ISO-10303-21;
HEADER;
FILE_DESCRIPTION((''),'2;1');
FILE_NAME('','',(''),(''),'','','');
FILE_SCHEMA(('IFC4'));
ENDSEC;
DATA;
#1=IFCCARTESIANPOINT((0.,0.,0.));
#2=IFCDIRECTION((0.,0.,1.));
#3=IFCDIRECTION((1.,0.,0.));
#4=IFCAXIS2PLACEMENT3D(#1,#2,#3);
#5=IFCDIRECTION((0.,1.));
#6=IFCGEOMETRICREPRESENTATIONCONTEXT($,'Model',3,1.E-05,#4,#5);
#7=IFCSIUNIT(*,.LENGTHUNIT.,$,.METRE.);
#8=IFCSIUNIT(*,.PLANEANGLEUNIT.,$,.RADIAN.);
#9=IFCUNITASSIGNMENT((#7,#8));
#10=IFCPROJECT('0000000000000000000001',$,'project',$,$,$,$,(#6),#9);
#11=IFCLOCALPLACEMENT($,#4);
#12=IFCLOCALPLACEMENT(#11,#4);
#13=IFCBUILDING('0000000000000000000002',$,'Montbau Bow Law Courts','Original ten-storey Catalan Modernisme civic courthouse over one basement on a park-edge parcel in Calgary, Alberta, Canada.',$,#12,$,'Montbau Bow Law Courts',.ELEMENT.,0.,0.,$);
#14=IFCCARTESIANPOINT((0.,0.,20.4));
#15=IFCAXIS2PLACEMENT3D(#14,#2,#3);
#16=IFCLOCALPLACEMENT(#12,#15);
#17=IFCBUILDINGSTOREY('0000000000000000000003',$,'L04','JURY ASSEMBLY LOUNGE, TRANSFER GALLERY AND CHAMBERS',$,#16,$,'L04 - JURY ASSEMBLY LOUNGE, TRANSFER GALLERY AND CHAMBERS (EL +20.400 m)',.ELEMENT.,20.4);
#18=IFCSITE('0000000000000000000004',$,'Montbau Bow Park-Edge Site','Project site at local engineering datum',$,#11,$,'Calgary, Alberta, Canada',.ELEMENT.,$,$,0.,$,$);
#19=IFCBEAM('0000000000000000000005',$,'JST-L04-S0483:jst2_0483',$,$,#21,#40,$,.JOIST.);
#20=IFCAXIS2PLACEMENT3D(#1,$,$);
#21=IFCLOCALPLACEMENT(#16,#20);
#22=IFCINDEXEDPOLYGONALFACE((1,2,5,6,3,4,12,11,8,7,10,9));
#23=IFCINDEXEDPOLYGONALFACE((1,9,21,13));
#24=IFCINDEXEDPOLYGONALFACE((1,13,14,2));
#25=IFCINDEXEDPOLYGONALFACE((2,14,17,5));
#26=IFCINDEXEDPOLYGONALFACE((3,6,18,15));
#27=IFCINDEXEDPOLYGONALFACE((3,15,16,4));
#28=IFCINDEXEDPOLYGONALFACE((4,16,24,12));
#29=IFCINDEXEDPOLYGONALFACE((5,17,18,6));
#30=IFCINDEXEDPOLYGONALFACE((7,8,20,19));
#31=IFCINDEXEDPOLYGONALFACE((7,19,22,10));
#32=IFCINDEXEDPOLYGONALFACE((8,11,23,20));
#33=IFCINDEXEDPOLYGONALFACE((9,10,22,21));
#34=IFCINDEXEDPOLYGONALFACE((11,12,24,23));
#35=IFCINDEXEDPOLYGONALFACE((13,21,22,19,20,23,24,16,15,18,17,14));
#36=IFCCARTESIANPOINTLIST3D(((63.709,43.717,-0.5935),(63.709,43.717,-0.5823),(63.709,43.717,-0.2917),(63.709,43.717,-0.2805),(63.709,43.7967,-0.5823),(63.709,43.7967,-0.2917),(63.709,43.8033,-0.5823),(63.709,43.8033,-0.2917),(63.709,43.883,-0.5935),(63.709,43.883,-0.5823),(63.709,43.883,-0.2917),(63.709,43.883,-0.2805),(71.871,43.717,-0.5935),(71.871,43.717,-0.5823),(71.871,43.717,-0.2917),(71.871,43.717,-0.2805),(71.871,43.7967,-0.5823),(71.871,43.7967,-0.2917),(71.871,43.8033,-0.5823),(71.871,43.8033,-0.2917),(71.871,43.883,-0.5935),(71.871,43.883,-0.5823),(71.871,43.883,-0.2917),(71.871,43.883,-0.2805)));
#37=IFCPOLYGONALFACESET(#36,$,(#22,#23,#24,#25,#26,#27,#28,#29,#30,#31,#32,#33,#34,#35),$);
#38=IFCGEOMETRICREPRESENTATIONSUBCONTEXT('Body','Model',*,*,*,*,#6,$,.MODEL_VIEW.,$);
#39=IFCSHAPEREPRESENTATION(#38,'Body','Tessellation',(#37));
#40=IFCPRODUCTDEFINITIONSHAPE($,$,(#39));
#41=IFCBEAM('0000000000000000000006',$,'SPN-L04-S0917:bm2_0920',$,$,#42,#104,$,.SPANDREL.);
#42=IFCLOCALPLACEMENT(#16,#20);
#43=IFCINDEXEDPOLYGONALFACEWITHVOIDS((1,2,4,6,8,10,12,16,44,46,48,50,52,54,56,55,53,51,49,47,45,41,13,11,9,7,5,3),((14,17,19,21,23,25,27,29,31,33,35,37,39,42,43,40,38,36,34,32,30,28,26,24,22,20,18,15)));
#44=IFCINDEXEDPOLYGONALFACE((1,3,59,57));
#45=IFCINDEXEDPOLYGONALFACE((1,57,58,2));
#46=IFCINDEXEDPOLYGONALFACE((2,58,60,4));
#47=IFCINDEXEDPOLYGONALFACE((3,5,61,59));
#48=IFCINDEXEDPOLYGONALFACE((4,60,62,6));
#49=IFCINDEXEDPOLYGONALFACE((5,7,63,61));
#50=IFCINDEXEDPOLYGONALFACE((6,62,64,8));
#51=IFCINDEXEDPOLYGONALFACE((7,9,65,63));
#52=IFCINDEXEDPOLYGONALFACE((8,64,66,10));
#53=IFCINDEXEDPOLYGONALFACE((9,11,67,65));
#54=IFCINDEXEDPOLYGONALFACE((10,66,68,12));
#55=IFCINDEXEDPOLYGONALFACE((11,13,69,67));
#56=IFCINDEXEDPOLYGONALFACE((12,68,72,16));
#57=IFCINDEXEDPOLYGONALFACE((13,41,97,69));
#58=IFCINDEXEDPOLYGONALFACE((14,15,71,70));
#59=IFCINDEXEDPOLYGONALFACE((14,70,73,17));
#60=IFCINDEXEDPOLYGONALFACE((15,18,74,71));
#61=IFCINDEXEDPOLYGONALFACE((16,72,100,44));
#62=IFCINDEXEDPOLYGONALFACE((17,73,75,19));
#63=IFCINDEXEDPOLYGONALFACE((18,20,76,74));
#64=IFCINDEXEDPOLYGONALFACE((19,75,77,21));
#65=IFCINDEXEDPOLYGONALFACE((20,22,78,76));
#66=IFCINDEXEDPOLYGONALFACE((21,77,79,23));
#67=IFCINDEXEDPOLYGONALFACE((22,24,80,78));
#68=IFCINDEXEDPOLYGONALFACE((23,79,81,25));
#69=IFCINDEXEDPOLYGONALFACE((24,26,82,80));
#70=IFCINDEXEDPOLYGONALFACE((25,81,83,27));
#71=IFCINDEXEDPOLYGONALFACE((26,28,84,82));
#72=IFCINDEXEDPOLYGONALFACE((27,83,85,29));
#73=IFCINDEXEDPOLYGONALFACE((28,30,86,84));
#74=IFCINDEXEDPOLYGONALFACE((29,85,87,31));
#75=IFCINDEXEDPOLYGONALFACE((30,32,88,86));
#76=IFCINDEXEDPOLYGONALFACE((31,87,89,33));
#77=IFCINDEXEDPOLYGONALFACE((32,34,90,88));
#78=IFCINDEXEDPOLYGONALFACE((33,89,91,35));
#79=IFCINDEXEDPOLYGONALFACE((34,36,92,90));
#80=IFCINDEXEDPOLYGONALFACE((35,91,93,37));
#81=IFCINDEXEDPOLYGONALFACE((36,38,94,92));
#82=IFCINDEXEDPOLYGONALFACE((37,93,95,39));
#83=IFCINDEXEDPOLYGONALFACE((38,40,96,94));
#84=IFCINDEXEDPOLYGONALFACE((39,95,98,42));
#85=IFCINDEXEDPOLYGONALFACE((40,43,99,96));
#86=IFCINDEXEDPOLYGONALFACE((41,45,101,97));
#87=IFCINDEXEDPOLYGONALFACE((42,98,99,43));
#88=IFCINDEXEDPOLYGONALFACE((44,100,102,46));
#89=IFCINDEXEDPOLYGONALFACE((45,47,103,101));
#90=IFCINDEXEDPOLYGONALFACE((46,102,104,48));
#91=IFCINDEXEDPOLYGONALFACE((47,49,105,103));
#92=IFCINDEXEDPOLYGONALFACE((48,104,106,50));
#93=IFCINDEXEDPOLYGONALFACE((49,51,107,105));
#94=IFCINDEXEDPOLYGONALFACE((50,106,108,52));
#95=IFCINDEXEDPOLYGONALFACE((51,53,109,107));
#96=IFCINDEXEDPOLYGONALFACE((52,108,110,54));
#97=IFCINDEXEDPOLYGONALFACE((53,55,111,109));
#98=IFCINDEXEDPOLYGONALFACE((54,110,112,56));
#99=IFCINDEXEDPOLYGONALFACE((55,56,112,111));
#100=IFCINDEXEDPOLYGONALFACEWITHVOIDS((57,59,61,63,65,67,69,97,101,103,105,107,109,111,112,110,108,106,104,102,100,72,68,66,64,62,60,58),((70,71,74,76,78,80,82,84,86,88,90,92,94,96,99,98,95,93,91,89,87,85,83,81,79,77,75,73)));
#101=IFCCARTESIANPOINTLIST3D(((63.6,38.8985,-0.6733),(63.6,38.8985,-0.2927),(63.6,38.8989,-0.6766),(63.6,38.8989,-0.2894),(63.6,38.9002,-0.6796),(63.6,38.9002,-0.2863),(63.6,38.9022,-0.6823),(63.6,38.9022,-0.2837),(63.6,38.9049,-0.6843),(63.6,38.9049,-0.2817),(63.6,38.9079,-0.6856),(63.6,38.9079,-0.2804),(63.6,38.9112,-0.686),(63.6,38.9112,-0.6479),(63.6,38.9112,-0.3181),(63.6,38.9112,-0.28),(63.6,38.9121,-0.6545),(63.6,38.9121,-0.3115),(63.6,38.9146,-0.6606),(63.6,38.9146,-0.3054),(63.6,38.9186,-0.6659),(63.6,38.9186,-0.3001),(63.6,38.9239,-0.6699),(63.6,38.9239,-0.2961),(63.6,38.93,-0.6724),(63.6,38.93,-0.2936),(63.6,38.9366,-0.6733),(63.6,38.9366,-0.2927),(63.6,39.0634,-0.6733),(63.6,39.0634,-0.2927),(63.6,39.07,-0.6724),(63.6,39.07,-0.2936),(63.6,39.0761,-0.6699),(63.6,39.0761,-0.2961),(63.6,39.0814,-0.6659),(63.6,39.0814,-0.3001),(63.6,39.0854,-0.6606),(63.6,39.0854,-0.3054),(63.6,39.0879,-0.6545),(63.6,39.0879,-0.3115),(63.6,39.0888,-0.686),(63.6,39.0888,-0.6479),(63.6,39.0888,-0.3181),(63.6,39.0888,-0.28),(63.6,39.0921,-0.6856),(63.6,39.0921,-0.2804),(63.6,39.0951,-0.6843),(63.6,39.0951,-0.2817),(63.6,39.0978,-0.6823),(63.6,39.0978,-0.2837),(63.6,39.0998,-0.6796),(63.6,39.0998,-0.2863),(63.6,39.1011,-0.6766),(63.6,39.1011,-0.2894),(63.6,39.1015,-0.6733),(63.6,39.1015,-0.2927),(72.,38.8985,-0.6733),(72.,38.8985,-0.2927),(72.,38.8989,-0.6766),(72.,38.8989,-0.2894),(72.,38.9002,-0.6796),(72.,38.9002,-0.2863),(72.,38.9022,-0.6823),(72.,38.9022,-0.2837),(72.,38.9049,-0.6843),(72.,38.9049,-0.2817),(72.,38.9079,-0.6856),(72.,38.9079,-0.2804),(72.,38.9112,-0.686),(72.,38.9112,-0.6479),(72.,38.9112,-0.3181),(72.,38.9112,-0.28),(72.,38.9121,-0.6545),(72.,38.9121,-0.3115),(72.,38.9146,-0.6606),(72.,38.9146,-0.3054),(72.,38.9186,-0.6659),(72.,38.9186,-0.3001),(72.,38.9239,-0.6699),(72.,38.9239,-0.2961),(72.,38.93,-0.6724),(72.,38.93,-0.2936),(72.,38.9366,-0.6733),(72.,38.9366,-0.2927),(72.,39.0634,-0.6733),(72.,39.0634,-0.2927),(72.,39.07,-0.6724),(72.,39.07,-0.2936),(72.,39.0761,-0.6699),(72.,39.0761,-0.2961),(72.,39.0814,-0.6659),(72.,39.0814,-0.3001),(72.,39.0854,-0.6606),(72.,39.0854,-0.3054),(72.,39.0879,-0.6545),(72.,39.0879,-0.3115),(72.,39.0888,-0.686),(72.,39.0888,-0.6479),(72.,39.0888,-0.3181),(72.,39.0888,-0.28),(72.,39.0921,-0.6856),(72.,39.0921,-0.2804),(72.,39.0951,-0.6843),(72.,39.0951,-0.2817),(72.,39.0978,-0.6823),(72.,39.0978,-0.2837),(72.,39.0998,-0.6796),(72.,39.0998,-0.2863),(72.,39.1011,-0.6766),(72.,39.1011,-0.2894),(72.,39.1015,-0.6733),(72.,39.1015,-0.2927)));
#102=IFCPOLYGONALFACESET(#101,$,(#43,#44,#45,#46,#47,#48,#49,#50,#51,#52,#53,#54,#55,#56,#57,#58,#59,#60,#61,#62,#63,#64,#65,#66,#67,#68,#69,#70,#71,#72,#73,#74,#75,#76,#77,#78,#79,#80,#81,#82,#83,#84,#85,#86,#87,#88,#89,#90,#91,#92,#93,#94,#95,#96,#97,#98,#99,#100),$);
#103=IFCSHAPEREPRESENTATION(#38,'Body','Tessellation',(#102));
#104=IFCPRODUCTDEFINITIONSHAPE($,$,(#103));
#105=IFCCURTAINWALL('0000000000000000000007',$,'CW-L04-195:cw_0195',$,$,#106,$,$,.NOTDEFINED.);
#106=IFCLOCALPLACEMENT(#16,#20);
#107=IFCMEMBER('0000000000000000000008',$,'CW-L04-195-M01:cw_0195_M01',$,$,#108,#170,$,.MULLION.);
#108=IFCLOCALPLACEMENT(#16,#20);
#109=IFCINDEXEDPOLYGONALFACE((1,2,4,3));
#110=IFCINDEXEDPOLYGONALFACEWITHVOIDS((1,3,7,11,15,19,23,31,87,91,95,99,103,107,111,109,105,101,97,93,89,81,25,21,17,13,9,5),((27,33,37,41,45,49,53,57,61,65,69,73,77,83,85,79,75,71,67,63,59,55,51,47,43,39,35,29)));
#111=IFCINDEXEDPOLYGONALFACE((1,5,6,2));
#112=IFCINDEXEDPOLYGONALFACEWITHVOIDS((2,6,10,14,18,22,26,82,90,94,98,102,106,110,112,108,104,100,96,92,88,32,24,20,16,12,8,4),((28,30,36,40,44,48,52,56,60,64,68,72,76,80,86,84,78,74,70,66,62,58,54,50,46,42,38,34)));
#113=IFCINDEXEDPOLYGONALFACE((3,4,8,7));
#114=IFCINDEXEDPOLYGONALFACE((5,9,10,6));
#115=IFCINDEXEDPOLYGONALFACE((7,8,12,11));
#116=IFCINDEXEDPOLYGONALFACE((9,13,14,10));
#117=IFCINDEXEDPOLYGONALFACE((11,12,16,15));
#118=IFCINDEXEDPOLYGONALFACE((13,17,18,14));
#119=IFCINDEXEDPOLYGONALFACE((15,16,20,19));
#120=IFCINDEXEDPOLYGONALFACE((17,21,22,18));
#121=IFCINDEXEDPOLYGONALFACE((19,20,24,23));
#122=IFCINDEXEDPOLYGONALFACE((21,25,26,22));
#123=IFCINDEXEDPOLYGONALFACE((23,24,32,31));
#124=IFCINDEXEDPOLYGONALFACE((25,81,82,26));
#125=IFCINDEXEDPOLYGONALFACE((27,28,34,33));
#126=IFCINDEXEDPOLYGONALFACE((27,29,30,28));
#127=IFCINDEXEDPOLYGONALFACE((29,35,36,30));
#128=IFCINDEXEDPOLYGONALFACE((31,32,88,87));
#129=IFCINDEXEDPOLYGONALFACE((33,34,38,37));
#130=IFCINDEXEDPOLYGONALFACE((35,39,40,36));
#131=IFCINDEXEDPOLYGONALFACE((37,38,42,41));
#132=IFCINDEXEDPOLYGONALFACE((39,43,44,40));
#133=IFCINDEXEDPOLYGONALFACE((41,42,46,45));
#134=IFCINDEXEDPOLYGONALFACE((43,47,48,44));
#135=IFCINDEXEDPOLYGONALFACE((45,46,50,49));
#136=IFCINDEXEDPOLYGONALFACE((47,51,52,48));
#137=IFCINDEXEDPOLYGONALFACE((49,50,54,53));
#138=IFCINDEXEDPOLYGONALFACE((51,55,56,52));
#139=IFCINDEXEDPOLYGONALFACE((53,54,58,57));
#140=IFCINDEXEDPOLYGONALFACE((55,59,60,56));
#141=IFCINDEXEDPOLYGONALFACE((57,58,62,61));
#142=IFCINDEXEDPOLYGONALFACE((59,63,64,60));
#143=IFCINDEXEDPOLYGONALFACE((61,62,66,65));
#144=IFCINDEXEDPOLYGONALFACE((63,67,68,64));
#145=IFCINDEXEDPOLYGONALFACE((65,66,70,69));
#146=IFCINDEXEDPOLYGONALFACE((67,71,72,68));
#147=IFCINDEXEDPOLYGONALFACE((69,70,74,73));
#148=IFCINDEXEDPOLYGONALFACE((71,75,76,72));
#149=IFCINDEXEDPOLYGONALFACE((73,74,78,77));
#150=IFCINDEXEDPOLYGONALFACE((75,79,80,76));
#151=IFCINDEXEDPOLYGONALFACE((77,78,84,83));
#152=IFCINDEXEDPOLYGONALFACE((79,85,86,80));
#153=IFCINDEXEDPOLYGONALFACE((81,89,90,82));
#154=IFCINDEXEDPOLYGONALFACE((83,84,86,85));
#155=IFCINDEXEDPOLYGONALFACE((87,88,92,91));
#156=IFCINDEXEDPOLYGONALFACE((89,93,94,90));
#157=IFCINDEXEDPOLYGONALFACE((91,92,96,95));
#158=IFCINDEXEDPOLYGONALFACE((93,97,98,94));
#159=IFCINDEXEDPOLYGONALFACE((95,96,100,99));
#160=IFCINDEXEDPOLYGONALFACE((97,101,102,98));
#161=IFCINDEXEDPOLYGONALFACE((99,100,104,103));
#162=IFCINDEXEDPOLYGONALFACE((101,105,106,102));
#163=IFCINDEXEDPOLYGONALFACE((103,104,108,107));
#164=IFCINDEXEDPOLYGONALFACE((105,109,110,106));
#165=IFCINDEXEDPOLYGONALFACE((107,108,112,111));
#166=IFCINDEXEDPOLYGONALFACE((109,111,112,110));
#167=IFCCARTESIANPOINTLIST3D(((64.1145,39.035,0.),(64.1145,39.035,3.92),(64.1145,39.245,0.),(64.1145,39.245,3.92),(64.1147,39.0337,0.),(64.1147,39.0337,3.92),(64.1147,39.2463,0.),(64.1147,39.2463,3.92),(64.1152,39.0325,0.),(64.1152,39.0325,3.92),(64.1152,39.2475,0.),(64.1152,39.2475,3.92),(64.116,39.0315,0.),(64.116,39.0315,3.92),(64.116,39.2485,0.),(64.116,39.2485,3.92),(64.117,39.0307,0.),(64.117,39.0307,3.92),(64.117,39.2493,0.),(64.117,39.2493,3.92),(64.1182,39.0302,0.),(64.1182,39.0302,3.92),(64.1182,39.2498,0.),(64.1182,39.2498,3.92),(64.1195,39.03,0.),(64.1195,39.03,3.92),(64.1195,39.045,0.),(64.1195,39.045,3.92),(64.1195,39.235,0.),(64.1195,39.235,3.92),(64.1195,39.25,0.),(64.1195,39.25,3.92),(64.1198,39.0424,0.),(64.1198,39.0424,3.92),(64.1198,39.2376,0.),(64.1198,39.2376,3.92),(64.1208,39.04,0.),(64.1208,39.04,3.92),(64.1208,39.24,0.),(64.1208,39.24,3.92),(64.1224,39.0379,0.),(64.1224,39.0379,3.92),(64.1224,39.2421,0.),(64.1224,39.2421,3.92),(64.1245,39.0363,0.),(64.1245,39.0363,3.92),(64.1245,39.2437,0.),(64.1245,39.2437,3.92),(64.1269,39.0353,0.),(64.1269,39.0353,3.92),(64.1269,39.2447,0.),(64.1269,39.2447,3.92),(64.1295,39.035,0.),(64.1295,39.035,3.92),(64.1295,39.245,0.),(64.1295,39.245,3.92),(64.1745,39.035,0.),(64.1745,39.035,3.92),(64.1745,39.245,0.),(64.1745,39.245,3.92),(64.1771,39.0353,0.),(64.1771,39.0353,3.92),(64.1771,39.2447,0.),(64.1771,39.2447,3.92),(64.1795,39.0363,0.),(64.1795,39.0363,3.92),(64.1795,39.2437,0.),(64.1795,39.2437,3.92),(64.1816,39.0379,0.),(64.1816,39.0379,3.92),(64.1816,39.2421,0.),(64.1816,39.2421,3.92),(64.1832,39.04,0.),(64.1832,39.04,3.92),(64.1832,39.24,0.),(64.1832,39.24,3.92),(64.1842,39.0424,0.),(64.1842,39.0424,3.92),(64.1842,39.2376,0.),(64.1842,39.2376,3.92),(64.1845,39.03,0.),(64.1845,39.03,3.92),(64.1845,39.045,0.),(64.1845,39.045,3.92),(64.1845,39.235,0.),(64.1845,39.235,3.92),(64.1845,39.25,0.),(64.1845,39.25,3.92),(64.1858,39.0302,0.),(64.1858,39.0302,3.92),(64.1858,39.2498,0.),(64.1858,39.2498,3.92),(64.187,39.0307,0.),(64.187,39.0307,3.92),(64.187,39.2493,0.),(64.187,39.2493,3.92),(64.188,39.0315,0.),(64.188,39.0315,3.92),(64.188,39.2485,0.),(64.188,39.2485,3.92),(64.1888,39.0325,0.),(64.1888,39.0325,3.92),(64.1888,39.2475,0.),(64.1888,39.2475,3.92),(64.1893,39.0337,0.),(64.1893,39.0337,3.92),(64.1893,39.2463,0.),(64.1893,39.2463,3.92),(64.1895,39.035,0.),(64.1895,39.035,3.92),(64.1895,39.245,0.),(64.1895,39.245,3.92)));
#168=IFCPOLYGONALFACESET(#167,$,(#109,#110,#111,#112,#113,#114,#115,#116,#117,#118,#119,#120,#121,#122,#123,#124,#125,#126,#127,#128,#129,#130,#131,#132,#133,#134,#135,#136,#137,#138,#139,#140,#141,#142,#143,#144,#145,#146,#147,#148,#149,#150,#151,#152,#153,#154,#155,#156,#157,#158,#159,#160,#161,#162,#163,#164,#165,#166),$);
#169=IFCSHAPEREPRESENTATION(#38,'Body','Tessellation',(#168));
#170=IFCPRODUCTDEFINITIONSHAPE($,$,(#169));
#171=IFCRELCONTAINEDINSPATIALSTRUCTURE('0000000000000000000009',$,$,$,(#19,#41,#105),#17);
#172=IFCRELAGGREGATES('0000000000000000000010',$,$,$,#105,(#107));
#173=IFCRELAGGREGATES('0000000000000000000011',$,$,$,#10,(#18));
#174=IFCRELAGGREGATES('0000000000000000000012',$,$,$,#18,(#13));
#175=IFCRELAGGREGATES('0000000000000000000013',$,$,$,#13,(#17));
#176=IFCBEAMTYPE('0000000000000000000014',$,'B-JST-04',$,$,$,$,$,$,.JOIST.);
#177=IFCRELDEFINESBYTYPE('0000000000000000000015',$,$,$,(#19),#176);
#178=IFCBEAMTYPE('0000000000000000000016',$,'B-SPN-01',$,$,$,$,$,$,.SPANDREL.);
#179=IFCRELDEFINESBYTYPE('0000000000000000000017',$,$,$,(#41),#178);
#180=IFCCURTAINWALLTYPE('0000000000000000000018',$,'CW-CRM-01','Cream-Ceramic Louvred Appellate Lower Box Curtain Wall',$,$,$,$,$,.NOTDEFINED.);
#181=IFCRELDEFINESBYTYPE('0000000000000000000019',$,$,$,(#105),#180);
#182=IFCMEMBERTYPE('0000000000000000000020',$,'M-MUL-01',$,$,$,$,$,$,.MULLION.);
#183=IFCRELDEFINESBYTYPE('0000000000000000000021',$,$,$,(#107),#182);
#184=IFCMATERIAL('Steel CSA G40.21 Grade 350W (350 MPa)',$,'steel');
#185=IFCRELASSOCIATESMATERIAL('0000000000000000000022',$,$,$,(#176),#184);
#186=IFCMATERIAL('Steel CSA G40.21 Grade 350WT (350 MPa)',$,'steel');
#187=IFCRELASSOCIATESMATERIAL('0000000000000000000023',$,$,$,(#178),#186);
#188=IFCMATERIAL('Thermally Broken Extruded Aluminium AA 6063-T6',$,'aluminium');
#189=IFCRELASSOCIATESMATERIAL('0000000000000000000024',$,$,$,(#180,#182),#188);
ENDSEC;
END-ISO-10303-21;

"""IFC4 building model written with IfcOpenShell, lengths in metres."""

from ifc_helpers import new_model, si_unit, direction, frame, origin_with_axes, origin_2d_with_axis, place, context, subcontext, project, spatial, hollow_rectangle, i_section, extrude, material, material_profile, profile_set, type_object, element, aggregate, save


model = new_model("IFC4")

# Units and contexts
model_context = context("Model", 3, precision=1e-05, world=origin_with_axes(), true_north=direction((0.0, 1.0)))
body_context = subcontext(model_context, "Body", "Model", "MODEL_VIEW")
ifc_project = project(units=[si_unit("LENGTHUNIT", "METRE"), si_unit("PLANEANGLEUNIT", "RADIAN")], contexts=[model_context])

# Site, building, storey
site_placement = place(None, origin_with_axes())
site = spatial("IfcSite", under=ifc_project, at=site_placement, Name="Montbau Bow Park-Edge Site", Description="Project site at local engineering datum", LongName="Calgary, Alberta, Canada", CompositionType="ELEMENT", RefElevation=0.0)
building_placement = place(site_placement, origin_with_axes())
building = spatial("IfcBuilding", under=site, at=building_placement, Name="Montbau Bow Law Courts", Description="Original ten-storey Catalan Modernisme civic courthouse over one basement on a park-edge parcel in Calgary, Alberta, Canada.", LongName="Montbau Bow Law Courts", CompositionType="ELEMENT", ElevationOfRefHeight=0.0, ElevationOfTerrain=0.0)
storey_placement = place(building_placement, frame((0.0, 0.0, 20.4), z_axis=(0.0, 0.0, 1.0), x_axis=(1.0, 0.0, 0.0)))
storey = spatial("IfcBuildingStorey", under=building, at=storey_placement, Name="L04", Description="JURY ASSEMBLY LOUNGE, TRANSFER GALLERY AND CHAMBERS", LongName="L04 - JURY ASSEMBLY LOUNGE, TRANSFER GALLERY AND CHAMBERS (EL +20.400 m)", CompositionType="ELEMENT", Elevation=20.4)

# Shared definitions
ifc_material_1 = material(Name="Steel CSA G40.21 Grade 350W (350 MPa)", Category="steel")

# Beams
ifc_material_profile_1 = material_profile(ifc_material_1, i_section(OverallWidth=0.166, OverallDepth=0.313, WebThickness=0.0066, FlangeThickness=0.0112, at=origin_2d_with_axis()), Name="W310X45", Category="Main", Priority=0)
ifc_profile_set_1 = profile_set([ifc_material_profile_1], Name="Steel CSA G40.21 Grade 350W (350 MPa)")
beam_type_1 = type_object("IfcBeamType", Name="B-JST-04", PredefinedType="JOIST", material=ifc_profile_set_1)
beam_1_placement = place(None, frame((63.709, 43.8, 19.963), z_axis=(1.0, 0.0, 0.0), x_axis=(0.0, 1.0, 0.0)))
element("IfcBeam", 1, at=beam_1_placement, inside=storey, type_object=beam_type_1, Name="JST-L04-S0483:jst2_0483", PredefinedType="JOIST", context=body_context, shape_type="SweptSolid", body=[
    extrude(i_section(OverallWidth=0.166, OverallDepth=0.313, WebThickness=0.0066, FlangeThickness=0.0112, at=origin_2d_with_axis()), origin_with_axes(), (0.0, 0.0, 1.0), 8.162),
])
ifc_material_2 = material(Name="Steel CSA G40.21 Grade 350WT (350 MPa)", Category="steel")
ifc_material_profile_2 = material_profile(ifc_material_2, hollow_rectangle(XDim=0.203, YDim=0.406, WallThickness=0.0127, InnerFilletRadius=0.0254, OuterFilletRadius=0.0127, at=origin_2d_with_axis()), Name="HSS406X203X13", Category="Main", Priority=0)
ifc_profile_set_2 = profile_set([ifc_material_profile_2], Name="Steel CSA G40.21 Grade 350WT (350 MPa)")
beam_type_2 = type_object("IfcBeamType", Name="B-SPN-01", PredefinedType="SPANDREL", material=ifc_profile_set_2)
beam_2_placement = place(None, frame((63.6, 39.0, 19.917), z_axis=(1.0, 0.0, 0.0), x_axis=(0.0, 1.0, 0.0)))
element("IfcBeam", 2, at=beam_2_placement, inside=storey, type_object=beam_type_2, Name="SPN-L04-S0917:bm2_0920", PredefinedType="SPANDREL", context=body_context, shape_type="SweptSolid", body=[
    extrude(hollow_rectangle(XDim=0.203, YDim=0.406, WallThickness=0.0127, InnerFilletRadius=0.0254, OuterFilletRadius=0.0127, at=origin_2d_with_axis()), origin_with_axes(), (0.0, 0.0, 1.0), 8.4),
])

# Curtain wall, member
ifc_material_3 = material(Name="Thermally Broken Extruded Aluminium AA 6063-T6", Category="aluminium")
curtain_wall_type = type_object("IfcCurtainWallType", Name="CW-CRM-01", Description="Cream-Ceramic Louvred Appellate Lower Box Curtain Wall", PredefinedType="NOTDEFINED", material=ifc_material_3)
curtain_wall_1_placement = place(None, frame((64.115, 39.14, 20.4), z_axis=(0.0, 0.0, 1.0), x_axis=(1.0, 0.0, 0.0)))
curtain_wall_1 = element("IfcCurtainWall", 3, at=curtain_wall_1_placement, inside=storey, type_object=curtain_wall_type, Name="CW-L04-195:cw_0195", PredefinedType="NOTDEFINED")
ifc_material_profile_3 = material_profile(ifc_material_3, hollow_rectangle(XDim=0.075, YDim=0.22, WallThickness=0.005, InnerFilletRadius=0.01, OuterFilletRadius=0.005, at=origin_2d_with_axis()), Name="CWM-220X75", Category="Main", Priority=0)
ifc_profile_set_3 = profile_set([ifc_material_profile_3], Name="Thermally Broken Extruded Aluminium AA 6063-T6")
member_type_1 = type_object("IfcMemberType", Name="M-MUL-01", PredefinedType="MULLION", material=ifc_profile_set_3)
member_1_placement = place(None, frame((64.152, 39.14, 20.4), z_axis=(0.0, 0.0, 1.0), x_axis=(1.0, 0.0, 0.0)))
member_1 = element("IfcMember", 4, at=member_1_placement, type_object=member_type_1, Name="CW-L04-195-M01:cw_0195_M01", PredefinedType="MULLION", context=body_context, shape_type="SweptSolid", body=[
    extrude(hollow_rectangle(XDim=0.075, YDim=0.22, WallThickness=0.005, InnerFilletRadius=0.01, OuterFilletRadius=0.005, at=origin_2d_with_axis()), origin_with_axes(), (0.0, 0.0, 1.0), 3.92),
])

aggregate(curtain_wall_1, [member_1])

save(model, "model.ifc")
